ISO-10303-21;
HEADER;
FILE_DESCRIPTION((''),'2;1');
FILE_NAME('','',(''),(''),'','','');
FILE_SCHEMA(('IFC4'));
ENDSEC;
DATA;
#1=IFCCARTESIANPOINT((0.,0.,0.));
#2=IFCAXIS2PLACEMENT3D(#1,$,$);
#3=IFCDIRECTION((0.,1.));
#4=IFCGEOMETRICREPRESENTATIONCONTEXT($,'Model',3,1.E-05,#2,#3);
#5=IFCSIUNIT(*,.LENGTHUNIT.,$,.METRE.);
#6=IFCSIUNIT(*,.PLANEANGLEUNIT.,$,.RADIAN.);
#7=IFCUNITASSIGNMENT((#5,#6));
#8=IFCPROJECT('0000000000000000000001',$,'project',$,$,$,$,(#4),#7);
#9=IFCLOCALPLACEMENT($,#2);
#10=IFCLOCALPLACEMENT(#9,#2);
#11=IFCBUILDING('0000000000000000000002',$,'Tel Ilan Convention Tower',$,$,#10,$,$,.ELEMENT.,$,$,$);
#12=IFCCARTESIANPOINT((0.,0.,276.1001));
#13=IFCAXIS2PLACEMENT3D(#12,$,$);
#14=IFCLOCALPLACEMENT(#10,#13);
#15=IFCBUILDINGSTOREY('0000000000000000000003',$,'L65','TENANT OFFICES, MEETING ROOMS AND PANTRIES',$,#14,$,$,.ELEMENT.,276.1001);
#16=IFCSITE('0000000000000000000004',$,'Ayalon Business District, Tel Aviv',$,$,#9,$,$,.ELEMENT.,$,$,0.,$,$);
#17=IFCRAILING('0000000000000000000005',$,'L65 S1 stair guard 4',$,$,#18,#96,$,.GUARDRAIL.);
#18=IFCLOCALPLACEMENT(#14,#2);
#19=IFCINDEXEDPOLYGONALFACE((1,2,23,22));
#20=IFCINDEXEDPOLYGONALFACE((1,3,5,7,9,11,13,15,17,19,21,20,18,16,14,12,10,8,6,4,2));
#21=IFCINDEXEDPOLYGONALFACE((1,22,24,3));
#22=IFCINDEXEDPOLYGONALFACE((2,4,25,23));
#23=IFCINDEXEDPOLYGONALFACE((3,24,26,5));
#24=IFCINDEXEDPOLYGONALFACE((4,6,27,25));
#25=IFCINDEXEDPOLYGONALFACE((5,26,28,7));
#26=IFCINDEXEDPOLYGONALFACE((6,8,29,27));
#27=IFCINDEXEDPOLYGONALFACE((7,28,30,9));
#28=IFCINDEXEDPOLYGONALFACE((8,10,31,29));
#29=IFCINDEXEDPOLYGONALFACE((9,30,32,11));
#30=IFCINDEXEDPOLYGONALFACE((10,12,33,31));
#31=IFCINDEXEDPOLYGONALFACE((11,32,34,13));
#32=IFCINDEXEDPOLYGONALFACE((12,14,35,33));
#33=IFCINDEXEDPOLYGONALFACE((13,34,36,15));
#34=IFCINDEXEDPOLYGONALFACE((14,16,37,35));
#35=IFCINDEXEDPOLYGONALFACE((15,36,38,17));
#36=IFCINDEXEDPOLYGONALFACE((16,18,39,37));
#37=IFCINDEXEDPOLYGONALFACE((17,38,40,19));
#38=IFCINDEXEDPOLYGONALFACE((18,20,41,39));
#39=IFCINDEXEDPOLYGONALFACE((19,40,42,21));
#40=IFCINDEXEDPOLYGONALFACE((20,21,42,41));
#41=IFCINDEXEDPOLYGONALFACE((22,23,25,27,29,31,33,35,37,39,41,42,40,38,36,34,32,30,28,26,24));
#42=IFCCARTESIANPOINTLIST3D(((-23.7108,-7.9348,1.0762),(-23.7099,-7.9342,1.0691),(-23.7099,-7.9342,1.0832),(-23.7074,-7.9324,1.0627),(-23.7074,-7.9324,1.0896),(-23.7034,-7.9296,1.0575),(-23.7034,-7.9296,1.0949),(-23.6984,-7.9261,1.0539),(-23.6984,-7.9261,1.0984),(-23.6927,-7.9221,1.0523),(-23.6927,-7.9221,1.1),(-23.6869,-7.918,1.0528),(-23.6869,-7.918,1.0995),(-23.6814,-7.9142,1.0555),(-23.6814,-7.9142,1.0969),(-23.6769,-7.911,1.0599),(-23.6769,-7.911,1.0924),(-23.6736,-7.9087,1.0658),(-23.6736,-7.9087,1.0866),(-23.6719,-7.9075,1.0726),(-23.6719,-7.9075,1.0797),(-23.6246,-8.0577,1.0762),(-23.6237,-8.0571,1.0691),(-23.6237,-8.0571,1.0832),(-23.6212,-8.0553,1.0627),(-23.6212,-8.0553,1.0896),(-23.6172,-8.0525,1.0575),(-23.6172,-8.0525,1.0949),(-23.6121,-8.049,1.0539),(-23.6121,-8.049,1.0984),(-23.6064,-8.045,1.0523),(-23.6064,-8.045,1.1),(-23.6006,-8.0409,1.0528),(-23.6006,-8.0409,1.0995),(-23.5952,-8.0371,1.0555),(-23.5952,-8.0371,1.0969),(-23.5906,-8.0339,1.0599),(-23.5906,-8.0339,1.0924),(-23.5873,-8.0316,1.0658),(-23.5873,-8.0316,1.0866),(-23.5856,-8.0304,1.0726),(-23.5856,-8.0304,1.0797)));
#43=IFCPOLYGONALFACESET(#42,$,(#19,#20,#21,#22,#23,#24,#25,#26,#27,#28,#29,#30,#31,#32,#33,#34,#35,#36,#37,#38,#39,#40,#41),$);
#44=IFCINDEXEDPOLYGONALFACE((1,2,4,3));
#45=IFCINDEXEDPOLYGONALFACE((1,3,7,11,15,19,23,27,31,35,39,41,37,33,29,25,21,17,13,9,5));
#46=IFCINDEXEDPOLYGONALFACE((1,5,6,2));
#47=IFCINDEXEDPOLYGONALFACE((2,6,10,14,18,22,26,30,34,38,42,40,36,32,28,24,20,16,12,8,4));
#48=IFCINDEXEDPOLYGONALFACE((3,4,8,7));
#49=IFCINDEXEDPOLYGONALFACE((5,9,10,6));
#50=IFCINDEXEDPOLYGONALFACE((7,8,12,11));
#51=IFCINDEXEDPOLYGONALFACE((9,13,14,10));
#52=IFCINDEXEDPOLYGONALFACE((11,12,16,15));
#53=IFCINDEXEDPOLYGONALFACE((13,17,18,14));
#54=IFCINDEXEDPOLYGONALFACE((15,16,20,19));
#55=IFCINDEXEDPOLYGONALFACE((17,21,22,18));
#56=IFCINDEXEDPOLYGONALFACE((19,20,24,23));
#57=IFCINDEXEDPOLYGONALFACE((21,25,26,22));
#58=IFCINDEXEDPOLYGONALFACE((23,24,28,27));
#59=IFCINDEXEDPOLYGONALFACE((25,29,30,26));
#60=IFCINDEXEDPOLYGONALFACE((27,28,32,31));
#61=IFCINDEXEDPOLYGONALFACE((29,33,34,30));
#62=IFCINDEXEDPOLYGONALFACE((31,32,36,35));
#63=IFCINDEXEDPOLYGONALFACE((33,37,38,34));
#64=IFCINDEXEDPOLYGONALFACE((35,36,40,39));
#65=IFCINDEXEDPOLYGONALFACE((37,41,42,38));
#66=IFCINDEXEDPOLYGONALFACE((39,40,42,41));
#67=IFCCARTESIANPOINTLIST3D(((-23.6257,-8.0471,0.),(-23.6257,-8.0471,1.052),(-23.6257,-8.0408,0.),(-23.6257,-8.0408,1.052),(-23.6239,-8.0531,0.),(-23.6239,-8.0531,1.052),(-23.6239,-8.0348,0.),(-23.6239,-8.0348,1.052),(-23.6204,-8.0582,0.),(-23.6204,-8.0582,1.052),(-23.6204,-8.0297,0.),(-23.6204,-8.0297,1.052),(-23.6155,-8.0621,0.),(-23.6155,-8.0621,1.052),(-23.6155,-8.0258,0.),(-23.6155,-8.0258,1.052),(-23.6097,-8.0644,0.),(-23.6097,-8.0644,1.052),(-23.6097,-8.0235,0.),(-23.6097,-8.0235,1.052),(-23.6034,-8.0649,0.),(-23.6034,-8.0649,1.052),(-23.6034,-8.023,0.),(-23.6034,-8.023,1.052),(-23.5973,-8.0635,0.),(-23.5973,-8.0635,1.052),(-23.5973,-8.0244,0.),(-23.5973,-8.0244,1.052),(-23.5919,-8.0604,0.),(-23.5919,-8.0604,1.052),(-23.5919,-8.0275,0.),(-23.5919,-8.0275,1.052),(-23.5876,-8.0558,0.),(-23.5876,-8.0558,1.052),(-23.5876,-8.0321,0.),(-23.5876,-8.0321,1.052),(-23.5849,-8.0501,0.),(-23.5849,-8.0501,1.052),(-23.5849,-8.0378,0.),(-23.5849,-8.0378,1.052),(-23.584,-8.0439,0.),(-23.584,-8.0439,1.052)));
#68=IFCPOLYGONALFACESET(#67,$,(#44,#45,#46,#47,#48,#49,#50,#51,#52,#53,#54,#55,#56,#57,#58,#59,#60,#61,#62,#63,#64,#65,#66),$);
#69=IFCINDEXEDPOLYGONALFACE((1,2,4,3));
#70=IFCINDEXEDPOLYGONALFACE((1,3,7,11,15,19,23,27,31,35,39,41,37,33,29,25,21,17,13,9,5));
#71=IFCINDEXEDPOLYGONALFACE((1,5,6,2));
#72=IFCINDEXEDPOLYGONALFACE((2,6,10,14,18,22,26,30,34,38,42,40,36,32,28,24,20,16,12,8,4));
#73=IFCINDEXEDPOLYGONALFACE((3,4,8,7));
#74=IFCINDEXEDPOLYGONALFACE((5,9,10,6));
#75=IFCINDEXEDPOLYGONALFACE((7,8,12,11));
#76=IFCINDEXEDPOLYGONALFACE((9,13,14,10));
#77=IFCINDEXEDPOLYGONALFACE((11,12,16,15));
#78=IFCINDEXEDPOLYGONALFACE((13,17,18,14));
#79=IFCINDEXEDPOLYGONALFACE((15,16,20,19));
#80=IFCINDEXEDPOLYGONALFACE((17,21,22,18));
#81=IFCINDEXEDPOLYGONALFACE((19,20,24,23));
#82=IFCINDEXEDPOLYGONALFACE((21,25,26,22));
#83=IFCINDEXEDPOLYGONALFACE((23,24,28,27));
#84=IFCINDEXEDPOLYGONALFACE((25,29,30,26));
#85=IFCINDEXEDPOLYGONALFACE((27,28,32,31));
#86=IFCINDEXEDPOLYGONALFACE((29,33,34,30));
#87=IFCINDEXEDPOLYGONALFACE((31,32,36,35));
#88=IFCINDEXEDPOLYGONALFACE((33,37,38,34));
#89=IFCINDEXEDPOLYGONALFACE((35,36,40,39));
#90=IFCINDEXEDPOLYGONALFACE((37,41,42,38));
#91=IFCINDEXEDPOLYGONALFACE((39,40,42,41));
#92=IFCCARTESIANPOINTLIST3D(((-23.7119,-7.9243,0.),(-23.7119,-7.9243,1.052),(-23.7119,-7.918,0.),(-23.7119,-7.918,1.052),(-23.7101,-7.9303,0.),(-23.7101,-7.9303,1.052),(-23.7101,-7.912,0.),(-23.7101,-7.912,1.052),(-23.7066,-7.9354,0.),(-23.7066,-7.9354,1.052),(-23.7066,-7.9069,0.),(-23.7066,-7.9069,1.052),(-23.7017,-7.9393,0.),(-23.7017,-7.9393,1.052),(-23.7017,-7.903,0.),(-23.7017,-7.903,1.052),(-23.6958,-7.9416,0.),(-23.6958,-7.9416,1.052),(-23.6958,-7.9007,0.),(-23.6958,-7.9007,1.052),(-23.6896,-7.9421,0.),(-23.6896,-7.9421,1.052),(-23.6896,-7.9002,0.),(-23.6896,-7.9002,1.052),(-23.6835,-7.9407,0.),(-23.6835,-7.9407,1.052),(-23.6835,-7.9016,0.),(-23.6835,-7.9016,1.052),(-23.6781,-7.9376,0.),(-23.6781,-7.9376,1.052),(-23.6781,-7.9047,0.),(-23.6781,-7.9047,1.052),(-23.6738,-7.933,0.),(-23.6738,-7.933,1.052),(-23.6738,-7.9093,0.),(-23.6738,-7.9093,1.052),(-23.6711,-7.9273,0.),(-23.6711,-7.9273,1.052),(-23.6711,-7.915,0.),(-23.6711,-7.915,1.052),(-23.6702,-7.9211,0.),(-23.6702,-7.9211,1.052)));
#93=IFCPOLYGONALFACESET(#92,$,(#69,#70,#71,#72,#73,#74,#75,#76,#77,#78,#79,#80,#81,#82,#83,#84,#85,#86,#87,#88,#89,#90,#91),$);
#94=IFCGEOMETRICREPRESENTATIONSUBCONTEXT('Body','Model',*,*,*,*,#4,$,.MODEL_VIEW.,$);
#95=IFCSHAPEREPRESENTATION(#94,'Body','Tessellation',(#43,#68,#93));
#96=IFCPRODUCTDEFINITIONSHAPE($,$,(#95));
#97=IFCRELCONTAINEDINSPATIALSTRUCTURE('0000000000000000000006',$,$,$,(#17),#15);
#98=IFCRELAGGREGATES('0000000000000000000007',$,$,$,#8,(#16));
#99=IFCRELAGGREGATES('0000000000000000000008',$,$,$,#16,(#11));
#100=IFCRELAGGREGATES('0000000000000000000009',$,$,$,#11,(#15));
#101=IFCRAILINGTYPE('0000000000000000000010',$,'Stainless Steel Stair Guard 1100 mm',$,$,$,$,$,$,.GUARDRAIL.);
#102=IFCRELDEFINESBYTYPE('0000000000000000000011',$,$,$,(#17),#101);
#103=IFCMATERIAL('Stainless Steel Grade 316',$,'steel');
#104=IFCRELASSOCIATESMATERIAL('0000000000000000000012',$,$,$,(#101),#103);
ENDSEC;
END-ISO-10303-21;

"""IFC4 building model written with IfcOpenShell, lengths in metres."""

from ifc_helpers import new_model, si_unit, direction, frame, origin, origin_2d, place, context, subcontext, project, spatial, circle, extrude, material, type_object, element, save


model = new_model("IFC4")

# Units and contexts
model_context = context("Model", 3, precision=1e-05, world=origin(), true_north=direction((0.0, 1.0)))
body_context = subcontext(model_context, "Body", "Model", "MODEL_VIEW")
ifc_project = project(units=[si_unit("LENGTHUNIT", "METRE"), si_unit("PLANEANGLEUNIT", "RADIAN")], contexts=[model_context])

# Site, building, storey
site_placement = place(None, origin())
site = spatial("IfcSite", under=ifc_project, at=site_placement, Name="Ayalon Business District, Tel Aviv", CompositionType="ELEMENT", RefElevation=0.0)
building_placement = place(site_placement, origin())
building = spatial("IfcBuilding", under=site, at=building_placement, Name="Tel Ilan Convention Tower", CompositionType="ELEMENT")
storey_placement = place(building_placement, frame((0.0, 0.0, 276.1001)))
storey = spatial("IfcBuildingStorey", under=building, at=storey_placement, Name="L65", Description="TENANT OFFICES, MEETING ROOMS AND PANTRIES", CompositionType="ELEMENT", Elevation=276.1001)

# Railing
ifc_material_1 = material(Name="Stainless Steel Grade 316", Category="steel")
railing_type_1 = type_object("IfcRailingType", Name="Stainless Steel Stair Guard 1100 mm", PredefinedType="GUARDRAIL", material=ifc_material_1)
railing_1_placement = place(storey_placement, frame((-23.605, -8.0439, 0.0)))
element("IfcRailing", 1, at=railing_1_placement, inside=storey, type_object=railing_type_1, Name="L65 S1 stair guard 4", PredefinedType="GUARDRAIL", context=body_context, shape_type="SweptSolid", body=[
    extrude(circle(Radius=0.0239, at=origin_2d()), frame((0.0, 0.0, 1.0762), z_axis=(-0.574445, 0.818543, 0.0), x_axis=(-0.818543, -0.574445, 0.0)), (0.0, 0.0, 1.0), 0.1501),
    extrude(circle(Radius=0.021, at=origin_2d()), origin(), (0.0, 0.0, 1.0), 1.052),
    extrude(circle(Radius=0.021, at=origin_2d()), frame((-0.0862, 0.1228, 0.0)), (0.0, 0.0, 1.0), 1.052),
])

save(model, "model.ifc")
